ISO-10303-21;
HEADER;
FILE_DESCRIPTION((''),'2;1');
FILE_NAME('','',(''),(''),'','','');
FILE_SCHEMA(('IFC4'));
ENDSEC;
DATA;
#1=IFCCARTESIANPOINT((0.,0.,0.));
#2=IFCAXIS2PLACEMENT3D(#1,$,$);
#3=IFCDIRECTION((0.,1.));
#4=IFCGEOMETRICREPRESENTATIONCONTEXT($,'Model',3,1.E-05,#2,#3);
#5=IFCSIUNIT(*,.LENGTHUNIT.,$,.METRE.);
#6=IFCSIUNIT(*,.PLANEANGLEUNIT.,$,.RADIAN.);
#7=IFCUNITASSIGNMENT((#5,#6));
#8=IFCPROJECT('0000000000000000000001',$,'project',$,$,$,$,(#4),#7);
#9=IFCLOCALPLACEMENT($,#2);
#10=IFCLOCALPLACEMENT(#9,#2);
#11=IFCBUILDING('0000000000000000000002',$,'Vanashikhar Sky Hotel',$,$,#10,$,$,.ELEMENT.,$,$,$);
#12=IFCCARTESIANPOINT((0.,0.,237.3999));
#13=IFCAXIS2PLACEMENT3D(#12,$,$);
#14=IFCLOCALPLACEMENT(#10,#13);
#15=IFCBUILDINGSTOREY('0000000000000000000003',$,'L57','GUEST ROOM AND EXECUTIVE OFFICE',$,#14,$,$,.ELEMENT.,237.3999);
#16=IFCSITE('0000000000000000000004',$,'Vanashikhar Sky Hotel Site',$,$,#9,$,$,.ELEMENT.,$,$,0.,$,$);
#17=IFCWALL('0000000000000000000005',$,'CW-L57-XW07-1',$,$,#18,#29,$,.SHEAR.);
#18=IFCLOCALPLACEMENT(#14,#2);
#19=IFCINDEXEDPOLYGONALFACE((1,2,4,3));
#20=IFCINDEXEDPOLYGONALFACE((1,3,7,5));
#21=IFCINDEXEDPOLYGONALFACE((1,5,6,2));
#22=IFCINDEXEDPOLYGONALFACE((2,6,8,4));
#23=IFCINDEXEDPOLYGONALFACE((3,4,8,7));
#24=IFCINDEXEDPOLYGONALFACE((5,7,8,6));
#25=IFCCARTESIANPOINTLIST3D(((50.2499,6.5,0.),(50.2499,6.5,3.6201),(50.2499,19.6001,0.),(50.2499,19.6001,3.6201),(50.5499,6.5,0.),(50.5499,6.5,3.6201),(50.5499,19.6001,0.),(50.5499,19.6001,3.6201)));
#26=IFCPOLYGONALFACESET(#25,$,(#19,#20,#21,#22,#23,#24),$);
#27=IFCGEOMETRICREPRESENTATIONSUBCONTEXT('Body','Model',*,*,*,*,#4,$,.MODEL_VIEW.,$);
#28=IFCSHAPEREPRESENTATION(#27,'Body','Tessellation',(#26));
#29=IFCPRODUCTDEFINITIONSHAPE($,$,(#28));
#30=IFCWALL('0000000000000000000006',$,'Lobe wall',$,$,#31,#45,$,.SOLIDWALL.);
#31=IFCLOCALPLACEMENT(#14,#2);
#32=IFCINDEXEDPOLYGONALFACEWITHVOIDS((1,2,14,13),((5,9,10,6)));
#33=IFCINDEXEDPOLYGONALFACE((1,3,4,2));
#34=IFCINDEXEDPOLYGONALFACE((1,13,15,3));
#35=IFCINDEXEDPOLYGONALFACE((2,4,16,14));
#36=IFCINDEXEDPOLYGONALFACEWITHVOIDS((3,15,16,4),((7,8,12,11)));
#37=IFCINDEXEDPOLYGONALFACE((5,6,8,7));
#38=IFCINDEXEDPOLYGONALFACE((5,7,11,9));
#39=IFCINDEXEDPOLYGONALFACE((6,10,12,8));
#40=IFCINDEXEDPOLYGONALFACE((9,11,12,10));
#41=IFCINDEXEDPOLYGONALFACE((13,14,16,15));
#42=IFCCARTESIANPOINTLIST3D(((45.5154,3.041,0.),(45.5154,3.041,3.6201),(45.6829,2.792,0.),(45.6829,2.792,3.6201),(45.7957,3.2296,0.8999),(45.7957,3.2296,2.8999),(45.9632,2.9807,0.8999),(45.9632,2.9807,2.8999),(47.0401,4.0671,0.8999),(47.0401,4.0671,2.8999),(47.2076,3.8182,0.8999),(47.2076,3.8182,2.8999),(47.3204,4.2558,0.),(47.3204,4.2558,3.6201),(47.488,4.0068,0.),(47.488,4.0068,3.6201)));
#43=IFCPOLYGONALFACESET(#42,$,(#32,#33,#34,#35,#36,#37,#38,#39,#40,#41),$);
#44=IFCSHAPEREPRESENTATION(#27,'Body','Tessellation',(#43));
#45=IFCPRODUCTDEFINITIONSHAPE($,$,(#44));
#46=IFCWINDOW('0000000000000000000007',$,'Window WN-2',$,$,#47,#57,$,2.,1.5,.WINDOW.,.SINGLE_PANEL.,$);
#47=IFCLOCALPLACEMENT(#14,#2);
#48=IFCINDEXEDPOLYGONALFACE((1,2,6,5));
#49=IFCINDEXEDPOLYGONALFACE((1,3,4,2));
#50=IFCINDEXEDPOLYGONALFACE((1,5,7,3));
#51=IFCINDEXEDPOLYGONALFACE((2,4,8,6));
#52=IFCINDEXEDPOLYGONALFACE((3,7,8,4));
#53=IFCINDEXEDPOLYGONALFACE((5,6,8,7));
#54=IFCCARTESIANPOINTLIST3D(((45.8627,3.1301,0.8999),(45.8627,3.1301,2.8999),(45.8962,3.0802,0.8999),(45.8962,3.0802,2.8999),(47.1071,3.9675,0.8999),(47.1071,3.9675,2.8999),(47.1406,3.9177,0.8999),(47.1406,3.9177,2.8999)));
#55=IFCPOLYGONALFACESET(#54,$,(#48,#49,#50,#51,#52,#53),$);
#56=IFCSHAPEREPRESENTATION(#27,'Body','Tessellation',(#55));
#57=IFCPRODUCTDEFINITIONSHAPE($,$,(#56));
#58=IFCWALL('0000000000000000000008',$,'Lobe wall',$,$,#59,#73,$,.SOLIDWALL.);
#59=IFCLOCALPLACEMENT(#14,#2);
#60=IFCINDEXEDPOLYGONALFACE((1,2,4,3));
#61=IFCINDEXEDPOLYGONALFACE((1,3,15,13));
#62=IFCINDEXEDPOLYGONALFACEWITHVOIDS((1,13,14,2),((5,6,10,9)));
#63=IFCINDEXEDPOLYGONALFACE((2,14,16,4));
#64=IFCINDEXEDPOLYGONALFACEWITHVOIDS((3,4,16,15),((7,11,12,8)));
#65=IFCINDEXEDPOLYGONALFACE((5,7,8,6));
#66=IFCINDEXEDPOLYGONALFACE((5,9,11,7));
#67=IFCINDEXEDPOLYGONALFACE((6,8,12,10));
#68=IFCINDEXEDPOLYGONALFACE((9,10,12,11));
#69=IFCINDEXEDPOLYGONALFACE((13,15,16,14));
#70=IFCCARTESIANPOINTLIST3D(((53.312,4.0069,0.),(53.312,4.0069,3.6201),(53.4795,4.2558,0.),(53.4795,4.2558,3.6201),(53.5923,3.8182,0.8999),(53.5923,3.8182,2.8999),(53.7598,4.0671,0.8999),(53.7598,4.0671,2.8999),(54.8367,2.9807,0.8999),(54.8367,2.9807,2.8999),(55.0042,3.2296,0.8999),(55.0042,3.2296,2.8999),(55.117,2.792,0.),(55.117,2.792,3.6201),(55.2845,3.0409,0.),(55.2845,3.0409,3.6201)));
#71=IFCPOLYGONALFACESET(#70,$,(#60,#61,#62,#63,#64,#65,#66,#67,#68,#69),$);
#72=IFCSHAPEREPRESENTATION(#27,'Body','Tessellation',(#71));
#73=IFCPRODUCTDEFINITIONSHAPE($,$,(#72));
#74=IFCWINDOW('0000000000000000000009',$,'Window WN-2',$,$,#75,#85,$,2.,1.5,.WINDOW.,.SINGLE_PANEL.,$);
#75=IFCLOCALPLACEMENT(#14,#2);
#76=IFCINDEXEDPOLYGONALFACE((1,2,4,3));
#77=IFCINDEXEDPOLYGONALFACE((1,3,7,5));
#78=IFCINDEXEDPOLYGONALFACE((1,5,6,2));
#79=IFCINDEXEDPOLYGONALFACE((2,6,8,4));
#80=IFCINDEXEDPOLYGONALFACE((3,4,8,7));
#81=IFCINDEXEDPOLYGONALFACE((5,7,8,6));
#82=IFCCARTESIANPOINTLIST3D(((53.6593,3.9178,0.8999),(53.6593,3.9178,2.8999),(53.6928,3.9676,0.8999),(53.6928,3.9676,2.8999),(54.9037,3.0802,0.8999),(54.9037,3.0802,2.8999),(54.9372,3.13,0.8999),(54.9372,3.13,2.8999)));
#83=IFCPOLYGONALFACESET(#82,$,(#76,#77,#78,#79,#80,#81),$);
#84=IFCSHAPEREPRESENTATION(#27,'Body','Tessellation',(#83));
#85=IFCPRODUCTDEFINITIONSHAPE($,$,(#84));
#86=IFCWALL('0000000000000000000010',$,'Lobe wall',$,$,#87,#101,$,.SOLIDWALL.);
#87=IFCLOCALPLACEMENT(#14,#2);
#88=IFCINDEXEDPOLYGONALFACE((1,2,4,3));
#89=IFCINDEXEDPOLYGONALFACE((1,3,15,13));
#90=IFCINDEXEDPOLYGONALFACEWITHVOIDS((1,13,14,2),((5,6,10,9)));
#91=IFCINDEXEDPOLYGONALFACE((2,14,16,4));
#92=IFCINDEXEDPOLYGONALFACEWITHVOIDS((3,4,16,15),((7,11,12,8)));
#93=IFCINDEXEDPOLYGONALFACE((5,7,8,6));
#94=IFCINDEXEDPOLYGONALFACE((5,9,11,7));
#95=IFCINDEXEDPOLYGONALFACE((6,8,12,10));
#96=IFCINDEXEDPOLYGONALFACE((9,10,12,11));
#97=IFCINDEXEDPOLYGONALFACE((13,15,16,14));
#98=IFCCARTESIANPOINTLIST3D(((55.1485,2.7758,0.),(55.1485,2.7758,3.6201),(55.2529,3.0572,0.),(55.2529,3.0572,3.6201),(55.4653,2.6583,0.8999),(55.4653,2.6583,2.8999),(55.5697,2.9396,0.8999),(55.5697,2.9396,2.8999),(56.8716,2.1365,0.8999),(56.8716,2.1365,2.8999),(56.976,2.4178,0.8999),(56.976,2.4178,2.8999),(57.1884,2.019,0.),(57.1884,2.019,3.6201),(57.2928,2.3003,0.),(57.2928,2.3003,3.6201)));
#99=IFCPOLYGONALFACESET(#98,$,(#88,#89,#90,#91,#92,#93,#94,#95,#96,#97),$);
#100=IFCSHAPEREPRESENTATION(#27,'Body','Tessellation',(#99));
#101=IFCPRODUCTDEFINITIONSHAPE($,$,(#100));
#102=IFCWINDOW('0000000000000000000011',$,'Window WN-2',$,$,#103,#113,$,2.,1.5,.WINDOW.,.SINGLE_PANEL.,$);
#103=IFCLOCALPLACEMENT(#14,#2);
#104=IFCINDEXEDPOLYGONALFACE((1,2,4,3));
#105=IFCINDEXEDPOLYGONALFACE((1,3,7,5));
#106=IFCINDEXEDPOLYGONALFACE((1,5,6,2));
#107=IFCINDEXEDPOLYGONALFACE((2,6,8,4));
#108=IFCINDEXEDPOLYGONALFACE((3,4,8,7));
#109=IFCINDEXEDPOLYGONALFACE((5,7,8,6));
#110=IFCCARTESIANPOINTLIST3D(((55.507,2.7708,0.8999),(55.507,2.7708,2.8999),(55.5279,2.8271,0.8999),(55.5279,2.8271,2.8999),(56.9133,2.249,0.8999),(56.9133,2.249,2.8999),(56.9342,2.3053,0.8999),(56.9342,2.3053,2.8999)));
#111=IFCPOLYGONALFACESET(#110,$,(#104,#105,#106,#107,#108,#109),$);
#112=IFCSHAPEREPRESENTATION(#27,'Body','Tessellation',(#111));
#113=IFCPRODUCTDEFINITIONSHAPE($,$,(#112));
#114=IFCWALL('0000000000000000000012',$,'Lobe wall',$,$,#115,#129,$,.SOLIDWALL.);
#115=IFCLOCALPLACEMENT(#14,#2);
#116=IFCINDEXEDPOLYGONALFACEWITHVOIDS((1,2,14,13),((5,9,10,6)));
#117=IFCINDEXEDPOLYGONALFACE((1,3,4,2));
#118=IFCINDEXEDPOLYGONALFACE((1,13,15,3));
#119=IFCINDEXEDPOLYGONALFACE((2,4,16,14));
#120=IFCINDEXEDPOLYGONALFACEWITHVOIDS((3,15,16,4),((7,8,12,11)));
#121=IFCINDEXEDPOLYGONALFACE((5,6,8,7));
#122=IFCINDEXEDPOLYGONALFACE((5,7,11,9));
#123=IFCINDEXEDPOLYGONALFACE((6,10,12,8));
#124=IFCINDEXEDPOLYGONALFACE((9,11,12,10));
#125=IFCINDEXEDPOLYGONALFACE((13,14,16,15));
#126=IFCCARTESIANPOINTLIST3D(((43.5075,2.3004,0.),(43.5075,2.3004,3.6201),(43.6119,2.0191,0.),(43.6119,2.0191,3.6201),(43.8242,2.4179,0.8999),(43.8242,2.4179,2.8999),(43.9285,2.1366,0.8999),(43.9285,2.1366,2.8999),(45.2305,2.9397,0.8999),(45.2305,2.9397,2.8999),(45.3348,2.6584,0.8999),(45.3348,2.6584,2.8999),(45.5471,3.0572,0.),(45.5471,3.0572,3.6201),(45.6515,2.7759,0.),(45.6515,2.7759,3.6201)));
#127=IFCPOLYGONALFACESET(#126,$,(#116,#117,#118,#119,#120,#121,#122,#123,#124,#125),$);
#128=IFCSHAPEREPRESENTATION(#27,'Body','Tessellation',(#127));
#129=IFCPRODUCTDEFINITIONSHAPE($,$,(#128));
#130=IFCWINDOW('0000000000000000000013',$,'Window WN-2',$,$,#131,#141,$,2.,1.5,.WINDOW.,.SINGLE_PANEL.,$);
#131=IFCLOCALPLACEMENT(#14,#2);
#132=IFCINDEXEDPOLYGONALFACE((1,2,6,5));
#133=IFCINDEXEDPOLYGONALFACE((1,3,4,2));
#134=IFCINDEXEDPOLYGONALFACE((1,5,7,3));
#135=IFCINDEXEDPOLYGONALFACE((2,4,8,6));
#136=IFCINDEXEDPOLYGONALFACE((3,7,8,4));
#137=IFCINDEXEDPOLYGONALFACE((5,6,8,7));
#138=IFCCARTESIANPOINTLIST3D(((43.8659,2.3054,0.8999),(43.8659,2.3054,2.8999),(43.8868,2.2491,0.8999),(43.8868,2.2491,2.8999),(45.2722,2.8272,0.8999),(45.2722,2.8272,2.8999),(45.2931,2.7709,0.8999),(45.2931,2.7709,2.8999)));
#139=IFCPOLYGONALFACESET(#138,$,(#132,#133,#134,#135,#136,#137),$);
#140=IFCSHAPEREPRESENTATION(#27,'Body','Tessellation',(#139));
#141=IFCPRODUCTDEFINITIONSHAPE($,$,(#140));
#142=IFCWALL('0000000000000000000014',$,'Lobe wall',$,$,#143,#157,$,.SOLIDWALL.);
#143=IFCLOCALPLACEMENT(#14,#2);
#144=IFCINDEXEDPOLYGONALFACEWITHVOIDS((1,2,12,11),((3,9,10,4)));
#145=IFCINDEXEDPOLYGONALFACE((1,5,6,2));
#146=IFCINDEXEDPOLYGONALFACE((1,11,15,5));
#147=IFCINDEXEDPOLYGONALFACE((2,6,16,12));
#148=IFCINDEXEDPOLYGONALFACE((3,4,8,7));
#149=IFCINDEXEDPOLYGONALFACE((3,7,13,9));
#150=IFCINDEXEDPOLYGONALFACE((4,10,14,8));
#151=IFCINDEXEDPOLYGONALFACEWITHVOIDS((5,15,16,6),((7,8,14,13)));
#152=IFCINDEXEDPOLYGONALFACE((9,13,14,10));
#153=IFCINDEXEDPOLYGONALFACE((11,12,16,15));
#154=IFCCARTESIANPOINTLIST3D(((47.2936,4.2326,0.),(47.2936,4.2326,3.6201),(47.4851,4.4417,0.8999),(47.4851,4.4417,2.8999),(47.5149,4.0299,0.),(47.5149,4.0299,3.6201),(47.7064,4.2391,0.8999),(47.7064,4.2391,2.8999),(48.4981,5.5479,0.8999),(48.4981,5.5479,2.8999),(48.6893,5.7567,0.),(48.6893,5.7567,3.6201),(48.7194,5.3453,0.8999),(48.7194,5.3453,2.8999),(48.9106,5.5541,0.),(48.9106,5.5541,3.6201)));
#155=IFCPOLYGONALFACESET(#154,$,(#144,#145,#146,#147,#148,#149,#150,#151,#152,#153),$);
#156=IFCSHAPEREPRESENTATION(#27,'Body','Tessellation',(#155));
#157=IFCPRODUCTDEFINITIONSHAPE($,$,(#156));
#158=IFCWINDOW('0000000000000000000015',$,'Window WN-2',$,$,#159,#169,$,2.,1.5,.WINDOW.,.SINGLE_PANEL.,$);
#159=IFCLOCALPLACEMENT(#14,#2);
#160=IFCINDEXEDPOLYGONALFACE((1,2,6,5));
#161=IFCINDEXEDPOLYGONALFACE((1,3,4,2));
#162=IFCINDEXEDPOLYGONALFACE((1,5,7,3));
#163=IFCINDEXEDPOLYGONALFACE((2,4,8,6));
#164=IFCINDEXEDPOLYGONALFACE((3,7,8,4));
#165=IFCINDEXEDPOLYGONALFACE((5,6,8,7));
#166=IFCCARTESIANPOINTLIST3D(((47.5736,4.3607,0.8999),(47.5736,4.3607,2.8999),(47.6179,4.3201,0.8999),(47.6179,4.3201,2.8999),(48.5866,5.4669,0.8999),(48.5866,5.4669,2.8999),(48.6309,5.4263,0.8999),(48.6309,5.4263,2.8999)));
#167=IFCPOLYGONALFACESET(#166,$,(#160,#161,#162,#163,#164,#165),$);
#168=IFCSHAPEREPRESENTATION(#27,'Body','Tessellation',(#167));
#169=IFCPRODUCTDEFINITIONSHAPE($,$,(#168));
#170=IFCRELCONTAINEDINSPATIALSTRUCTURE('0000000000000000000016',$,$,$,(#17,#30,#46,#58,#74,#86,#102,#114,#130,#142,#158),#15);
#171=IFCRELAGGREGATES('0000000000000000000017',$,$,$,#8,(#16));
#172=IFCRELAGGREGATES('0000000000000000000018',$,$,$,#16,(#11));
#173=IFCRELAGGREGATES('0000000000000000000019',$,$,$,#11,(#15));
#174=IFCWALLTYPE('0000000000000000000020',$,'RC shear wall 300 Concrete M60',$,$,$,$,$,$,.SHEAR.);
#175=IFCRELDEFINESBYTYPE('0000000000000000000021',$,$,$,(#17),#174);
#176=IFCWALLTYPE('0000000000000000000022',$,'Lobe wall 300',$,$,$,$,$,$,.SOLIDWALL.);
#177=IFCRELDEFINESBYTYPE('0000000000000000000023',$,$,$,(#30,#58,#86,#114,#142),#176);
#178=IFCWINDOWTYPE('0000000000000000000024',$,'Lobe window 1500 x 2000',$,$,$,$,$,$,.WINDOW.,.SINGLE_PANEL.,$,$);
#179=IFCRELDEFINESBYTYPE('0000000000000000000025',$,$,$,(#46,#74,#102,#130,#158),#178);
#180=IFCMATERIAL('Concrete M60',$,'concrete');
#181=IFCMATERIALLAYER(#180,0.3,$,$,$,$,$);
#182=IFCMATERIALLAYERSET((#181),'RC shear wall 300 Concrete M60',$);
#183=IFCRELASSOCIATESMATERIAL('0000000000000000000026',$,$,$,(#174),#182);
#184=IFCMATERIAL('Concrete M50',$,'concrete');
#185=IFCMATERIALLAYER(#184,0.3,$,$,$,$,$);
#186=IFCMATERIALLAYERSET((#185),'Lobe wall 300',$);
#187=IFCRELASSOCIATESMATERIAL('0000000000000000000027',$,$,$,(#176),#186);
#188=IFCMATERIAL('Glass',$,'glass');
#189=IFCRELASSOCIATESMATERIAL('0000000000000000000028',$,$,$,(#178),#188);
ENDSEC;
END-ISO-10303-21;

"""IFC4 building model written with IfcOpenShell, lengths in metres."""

from ifc_helpers import new_model, si_unit, direction, frame, frame_2d, origin, place, context, subcontext, project, spatial, rectangle, extrude, source, transform, mapped, material, layer, layer_set, type_object, element, fill, save


model = new_model("IFC4")

# Units and contexts
model_context = context("Model", 3, precision=1e-05, world=origin(), true_north=direction((0.0, 1.0)))
body_context = subcontext(model_context, "Body", "Model", "MODEL_VIEW")
ifc_project = project(units=[si_unit("LENGTHUNIT", "METRE"), si_unit("PLANEANGLEUNIT", "RADIAN")], contexts=[model_context])

# Site, building, storey
site_placement = place(None, origin())
site = spatial("IfcSite", under=ifc_project, at=site_placement, Name="Vanashikhar Sky Hotel Site", CompositionType="ELEMENT", RefElevation=0.0)
building_placement = place(site_placement, origin())
building = spatial("IfcBuilding", under=site, at=building_placement, Name="Vanashikhar Sky Hotel", CompositionType="ELEMENT")
storey_placement = place(building_placement, frame((0.0, 0.0, 237.3999)))
storey = spatial("IfcBuildingStorey", under=building, at=storey_placement, Name="L57", Description="GUEST ROOM AND EXECUTIVE OFFICE", CompositionType="ELEMENT", Elevation=237.3999)

# Wall
ifc_material_1 = material(Name="Concrete M60", Category="concrete")
ifc_layer_1 = layer(ifc_material_1, 0.3)
ifc_layer_set_1 = layer_set([ifc_layer_1], Name="RC shear wall 300 Concrete M60")
wall_type_1 = type_object("IfcWallType", Name="RC shear wall 300 Concrete M60", PredefinedType="SHEAR", material=ifc_layer_set_1)
shared_shape_1 = source(origin(), body_context, "Body", "SweptSolid", [
    extrude(rectangle(XDim=13.1001, YDim=0.3, at=frame_2d((6.55, 0.0))), origin(), (0.0, 0.0, 1.0), 3.6201),
])
wall_1_placement = place(storey_placement, frame((50.3999, 6.5, 0.0), z_axis=(0.0, 0.0, 1.0), x_axis=(0.0, 1.0, 0.0)))
element("IfcWall", 1, at=wall_1_placement, inside=storey, type_object=wall_type_1, Name="CW-L57-XW07-1", PredefinedType="SHEAR", context=body_context, shape_type="MappedRepresentation", body=[
    mapped(shared_shape_1, transform((0.0, 0.0, 0.0), scale=1.0)),
])

# Walls, openings, windows
ifc_material_2 = material(Name="Concrete M50", Category="concrete")
ifc_layer_2 = layer(ifc_material_2, 0.3)
ifc_layer_set_2 = layer_set([ifc_layer_2], Name="Lobe wall 300")
wall_type_2 = type_object("IfcWallType", Name="Lobe wall 300", PredefinedType="SOLIDWALL", material=ifc_layer_set_2)
shared_shape_2 = source(origin(), body_context, "Body", "SweptSolid", [
    extrude(rectangle(XDim=2.1758, YDim=0.3, at=frame_2d((1.0879, 0.0))), origin(), (0.0, 0.0, 1.0), 3.6201),
])
wall_2_placement = place(storey_placement, frame((45.5991, 2.9165, 0.0), z_axis=(0.0, 0.0, 1.0), x_axis=(0.829626, 0.55832, 0.0)))
wall_2 = element("IfcWall", 2, at=wall_2_placement, inside=storey, type_object=wall_type_2, Name="Lobe wall", PredefinedType="SOLIDWALL", context=body_context, shape_type="MappedRepresentation", body=[
    mapped(shared_shape_2, transform((0.0, 0.0, 0.0), scale=1.0)),
])
shared_shape_3 = source(origin(), body_context, "Body", "SweptSolid", [
    extrude(rectangle(XDim=1.5, YDim=2.0, at=frame_2d((0.75, 1.0))), frame((0.0, 0.1602, 0.0), z_axis=(0.0, -1.0, 0.0), x_axis=(1.0, 0.0, 0.0)), (0.0, 0.0, 1.0), 0.3201),
])
opening_1_placement = place(wall_2_placement, frame((0.3379, 0.0, 0.8999)))
opening_1 = element("IfcOpeningElement", 3, at=opening_1_placement, cuts=wall_2, PredefinedType="OPENING", context=body_context, shape_type="MappedRepresentation", body=[
    mapped(shared_shape_3, transform((0.0, 0.0, 0.0), scale=1.0)),
])
ifc_material_3 = material(Name="Glass", Category="glass")
window_type = type_object("IfcWindowType", Name="Lobe window 1500 x 2000", PartitioningType="SINGLE_PANEL", PredefinedType="WINDOW", material=ifc_material_3)
shared_shape_4 = source(origin(), body_context, "Body", "SweptSolid", [
    extrude(rectangle(XDim=1.5, YDim=2.0, at=frame_2d((0.75, 1.0))), frame((0.0, 0.03, 0.0), z_axis=(0.0, -1.0, 0.0), x_axis=(1.0, 0.0, 0.0)), (0.0, 0.0, 1.0), 0.0601),
])
window_1_placement = place(opening_1_placement, origin())
window_1 = element("IfcWindow", 4, at=window_1_placement, inside=storey, type_object=window_type, Name="Window WN-2", OverallHeight=2.0, OverallWidth=1.5, PartitioningType="SINGLE_PANEL", PredefinedType="WINDOW", context=body_context, shape_type="MappedRepresentation", body=[
    mapped(shared_shape_4, transform((0.0, 0.0, 0.0), scale=1.0)),
])
fill(opening_1, window_1)
wall_3_placement = place(storey_placement, frame((53.3958, 4.1313, 0.0), z_axis=(0.0, 0.0, 1.0), x_axis=(0.829591, -0.558372, 0.0)))
wall_3 = element("IfcWall", 5, at=wall_3_placement, inside=storey, type_object=wall_type_2, Name="Lobe wall", PredefinedType="SOLIDWALL", context=body_context, shape_type="MappedRepresentation", body=[
    mapped(shared_shape_2, transform((0.0, 0.0, 0.0), scale=1.0)),
])
opening_2_placement = place(wall_3_placement, frame((0.3379, 0.0, 0.8999)))
opening_2 = element("IfcOpeningElement", 6, at=opening_2_placement, cuts=wall_3, PredefinedType="OPENING", context=body_context, shape_type="MappedRepresentation", body=[
    mapped(shared_shape_3, transform((0.0, 0.0, 0.0), scale=1.0)),
])
window_2_placement = place(opening_2_placement, origin())
window_2 = element("IfcWindow", 7, at=window_2_placement, inside=storey, type_object=window_type, Name="Window WN-2", OverallHeight=2.0, OverallWidth=1.5, PartitioningType="SINGLE_PANEL", PredefinedType="WINDOW", context=body_context, shape_type="MappedRepresentation", body=[
    mapped(shared_shape_4, transform((0.0, 0.0, 0.0), scale=1.0)),
])
fill(opening_2, window_2)
wall_4_placement = place(storey_placement, frame((55.2007, 2.9165, 0.0), z_axis=(0.0, 0.0, 1.0), x_axis=(0.937546, -0.347863, 0.0)))
wall_4 = element("IfcWall", 8, at=wall_4_placement, inside=storey, type_object=wall_type_2, Name="Lobe wall", PredefinedType="SOLIDWALL", context=body_context, shape_type="MappedRepresentation", body=[
    mapped(shared_shape_2, transform((0.0, 0.0, 0.0), scale=1.0)),
])
opening_3_placement = place(wall_4_placement, frame((0.3379, 0.0, 0.8999)))
opening_3 = element("IfcOpeningElement", 9, at=opening_3_placement, cuts=wall_4, PredefinedType="OPENING", context=body_context, shape_type="MappedRepresentation", body=[
    mapped(shared_shape_3, transform((0.0, 0.0, 0.0), scale=1.0)),
])
window_3_placement = place(opening_3_placement, origin())
window_3 = element("IfcWindow", 10, at=window_3_placement, inside=storey, type_object=window_type, Name="Window WN-2", OverallHeight=2.0, OverallWidth=1.5, PartitioningType="SINGLE_PANEL", PredefinedType="WINDOW", context=body_context, shape_type="MappedRepresentation", body=[
    mapped(shared_shape_4, transform((0.0, 0.0, 0.0), scale=1.0)),
])
fill(opening_3, window_3)
shared_shape_5 = source(origin(), body_context, "Body", "SweptSolid", [
    extrude(rectangle(XDim=2.1755, YDim=0.3, at=frame_2d((1.0879, 0.0))), origin(), (0.0, 0.0, 1.0), 3.6201),
])
wall_5_placement = place(storey_placement, frame((43.5596, 2.1597, 0.0), z_axis=(0.0, 0.0, 1.0), x_axis=(0.937532, 0.347899, 0.0)))
wall_5 = element("IfcWall", 11, at=wall_5_placement, inside=storey, type_object=wall_type_2, Name="Lobe wall", PredefinedType="SOLIDWALL", context=body_context, shape_type="MappedRepresentation", body=[
    mapped(shared_shape_5, transform((0.0, 0.0, 0.0), scale=1.0)),
])
opening_4_placement = place(wall_5_placement, frame((0.3379, 0.0, 0.8999)))
opening_4 = element("IfcOpeningElement", 12, at=opening_4_placement, cuts=wall_5, PredefinedType="OPENING", context=body_context, shape_type="MappedRepresentation", body=[
    mapped(shared_shape_3, transform((0.0, 0.0, 0.0), scale=1.0)),
])
window_4_placement = place(opening_4_placement, origin())
window_4 = element("IfcWindow", 13, at=window_4_placement, inside=storey, type_object=window_type, Name="Window WN-2", OverallHeight=2.0, OverallWidth=1.5, PartitioningType="SINGLE_PANEL", PredefinedType="WINDOW", context=body_context, shape_type="MappedRepresentation", body=[
    mapped(shared_shape_4, transform((0.0, 0.0, 0.0), scale=1.0)),
])
fill(opening_4, window_4)
shared_shape_6 = source(origin(), body_context, "Body", "SweptSolid", [
    extrude(rectangle(XDim=2.0667, YDim=0.3, at=frame_2d((1.0332, 0.0))), origin(), (0.0, 0.0, 1.0), 3.6201),
])
wall_6_placement = place(storey_placement, frame((47.4043, 4.1313, 0.0), z_axis=(0.0, 0.0, 1.0), x_axis=(0.675355, 0.737492, 0.0)))
wall_6 = element("IfcWall", 14, at=wall_6_placement, inside=storey, type_object=wall_type_2, Name="Lobe wall", PredefinedType="SOLIDWALL", context=body_context, shape_type="MappedRepresentation", body=[
    mapped(shared_shape_6, transform((0.0, 0.0, 0.0), scale=1.0)),
])
opening_5_placement = place(wall_6_placement, frame((0.2834, 0.0, 0.8999)))
opening_5 = element("IfcOpeningElement", 15, at=opening_5_placement, cuts=wall_6, PredefinedType="OPENING", context=body_context, shape_type="MappedRepresentation", body=[
    mapped(shared_shape_3, transform((0.0, 0.0, 0.0), scale=1.0)),
])
window_5_placement = place(opening_5_placement, origin())
window_5 = element("IfcWindow", 16, at=window_5_placement, inside=storey, type_object=window_type, Name="Window WN-2", OverallHeight=2.0, OverallWidth=1.5, PartitioningType="SINGLE_PANEL", PredefinedType="WINDOW", context=body_context, shape_type="MappedRepresentation", body=[
    mapped(shared_shape_4, transform((0.0, 0.0, 0.0), scale=1.0)),
])
fill(opening_5, window_5)

save(model, "model.ifc")
